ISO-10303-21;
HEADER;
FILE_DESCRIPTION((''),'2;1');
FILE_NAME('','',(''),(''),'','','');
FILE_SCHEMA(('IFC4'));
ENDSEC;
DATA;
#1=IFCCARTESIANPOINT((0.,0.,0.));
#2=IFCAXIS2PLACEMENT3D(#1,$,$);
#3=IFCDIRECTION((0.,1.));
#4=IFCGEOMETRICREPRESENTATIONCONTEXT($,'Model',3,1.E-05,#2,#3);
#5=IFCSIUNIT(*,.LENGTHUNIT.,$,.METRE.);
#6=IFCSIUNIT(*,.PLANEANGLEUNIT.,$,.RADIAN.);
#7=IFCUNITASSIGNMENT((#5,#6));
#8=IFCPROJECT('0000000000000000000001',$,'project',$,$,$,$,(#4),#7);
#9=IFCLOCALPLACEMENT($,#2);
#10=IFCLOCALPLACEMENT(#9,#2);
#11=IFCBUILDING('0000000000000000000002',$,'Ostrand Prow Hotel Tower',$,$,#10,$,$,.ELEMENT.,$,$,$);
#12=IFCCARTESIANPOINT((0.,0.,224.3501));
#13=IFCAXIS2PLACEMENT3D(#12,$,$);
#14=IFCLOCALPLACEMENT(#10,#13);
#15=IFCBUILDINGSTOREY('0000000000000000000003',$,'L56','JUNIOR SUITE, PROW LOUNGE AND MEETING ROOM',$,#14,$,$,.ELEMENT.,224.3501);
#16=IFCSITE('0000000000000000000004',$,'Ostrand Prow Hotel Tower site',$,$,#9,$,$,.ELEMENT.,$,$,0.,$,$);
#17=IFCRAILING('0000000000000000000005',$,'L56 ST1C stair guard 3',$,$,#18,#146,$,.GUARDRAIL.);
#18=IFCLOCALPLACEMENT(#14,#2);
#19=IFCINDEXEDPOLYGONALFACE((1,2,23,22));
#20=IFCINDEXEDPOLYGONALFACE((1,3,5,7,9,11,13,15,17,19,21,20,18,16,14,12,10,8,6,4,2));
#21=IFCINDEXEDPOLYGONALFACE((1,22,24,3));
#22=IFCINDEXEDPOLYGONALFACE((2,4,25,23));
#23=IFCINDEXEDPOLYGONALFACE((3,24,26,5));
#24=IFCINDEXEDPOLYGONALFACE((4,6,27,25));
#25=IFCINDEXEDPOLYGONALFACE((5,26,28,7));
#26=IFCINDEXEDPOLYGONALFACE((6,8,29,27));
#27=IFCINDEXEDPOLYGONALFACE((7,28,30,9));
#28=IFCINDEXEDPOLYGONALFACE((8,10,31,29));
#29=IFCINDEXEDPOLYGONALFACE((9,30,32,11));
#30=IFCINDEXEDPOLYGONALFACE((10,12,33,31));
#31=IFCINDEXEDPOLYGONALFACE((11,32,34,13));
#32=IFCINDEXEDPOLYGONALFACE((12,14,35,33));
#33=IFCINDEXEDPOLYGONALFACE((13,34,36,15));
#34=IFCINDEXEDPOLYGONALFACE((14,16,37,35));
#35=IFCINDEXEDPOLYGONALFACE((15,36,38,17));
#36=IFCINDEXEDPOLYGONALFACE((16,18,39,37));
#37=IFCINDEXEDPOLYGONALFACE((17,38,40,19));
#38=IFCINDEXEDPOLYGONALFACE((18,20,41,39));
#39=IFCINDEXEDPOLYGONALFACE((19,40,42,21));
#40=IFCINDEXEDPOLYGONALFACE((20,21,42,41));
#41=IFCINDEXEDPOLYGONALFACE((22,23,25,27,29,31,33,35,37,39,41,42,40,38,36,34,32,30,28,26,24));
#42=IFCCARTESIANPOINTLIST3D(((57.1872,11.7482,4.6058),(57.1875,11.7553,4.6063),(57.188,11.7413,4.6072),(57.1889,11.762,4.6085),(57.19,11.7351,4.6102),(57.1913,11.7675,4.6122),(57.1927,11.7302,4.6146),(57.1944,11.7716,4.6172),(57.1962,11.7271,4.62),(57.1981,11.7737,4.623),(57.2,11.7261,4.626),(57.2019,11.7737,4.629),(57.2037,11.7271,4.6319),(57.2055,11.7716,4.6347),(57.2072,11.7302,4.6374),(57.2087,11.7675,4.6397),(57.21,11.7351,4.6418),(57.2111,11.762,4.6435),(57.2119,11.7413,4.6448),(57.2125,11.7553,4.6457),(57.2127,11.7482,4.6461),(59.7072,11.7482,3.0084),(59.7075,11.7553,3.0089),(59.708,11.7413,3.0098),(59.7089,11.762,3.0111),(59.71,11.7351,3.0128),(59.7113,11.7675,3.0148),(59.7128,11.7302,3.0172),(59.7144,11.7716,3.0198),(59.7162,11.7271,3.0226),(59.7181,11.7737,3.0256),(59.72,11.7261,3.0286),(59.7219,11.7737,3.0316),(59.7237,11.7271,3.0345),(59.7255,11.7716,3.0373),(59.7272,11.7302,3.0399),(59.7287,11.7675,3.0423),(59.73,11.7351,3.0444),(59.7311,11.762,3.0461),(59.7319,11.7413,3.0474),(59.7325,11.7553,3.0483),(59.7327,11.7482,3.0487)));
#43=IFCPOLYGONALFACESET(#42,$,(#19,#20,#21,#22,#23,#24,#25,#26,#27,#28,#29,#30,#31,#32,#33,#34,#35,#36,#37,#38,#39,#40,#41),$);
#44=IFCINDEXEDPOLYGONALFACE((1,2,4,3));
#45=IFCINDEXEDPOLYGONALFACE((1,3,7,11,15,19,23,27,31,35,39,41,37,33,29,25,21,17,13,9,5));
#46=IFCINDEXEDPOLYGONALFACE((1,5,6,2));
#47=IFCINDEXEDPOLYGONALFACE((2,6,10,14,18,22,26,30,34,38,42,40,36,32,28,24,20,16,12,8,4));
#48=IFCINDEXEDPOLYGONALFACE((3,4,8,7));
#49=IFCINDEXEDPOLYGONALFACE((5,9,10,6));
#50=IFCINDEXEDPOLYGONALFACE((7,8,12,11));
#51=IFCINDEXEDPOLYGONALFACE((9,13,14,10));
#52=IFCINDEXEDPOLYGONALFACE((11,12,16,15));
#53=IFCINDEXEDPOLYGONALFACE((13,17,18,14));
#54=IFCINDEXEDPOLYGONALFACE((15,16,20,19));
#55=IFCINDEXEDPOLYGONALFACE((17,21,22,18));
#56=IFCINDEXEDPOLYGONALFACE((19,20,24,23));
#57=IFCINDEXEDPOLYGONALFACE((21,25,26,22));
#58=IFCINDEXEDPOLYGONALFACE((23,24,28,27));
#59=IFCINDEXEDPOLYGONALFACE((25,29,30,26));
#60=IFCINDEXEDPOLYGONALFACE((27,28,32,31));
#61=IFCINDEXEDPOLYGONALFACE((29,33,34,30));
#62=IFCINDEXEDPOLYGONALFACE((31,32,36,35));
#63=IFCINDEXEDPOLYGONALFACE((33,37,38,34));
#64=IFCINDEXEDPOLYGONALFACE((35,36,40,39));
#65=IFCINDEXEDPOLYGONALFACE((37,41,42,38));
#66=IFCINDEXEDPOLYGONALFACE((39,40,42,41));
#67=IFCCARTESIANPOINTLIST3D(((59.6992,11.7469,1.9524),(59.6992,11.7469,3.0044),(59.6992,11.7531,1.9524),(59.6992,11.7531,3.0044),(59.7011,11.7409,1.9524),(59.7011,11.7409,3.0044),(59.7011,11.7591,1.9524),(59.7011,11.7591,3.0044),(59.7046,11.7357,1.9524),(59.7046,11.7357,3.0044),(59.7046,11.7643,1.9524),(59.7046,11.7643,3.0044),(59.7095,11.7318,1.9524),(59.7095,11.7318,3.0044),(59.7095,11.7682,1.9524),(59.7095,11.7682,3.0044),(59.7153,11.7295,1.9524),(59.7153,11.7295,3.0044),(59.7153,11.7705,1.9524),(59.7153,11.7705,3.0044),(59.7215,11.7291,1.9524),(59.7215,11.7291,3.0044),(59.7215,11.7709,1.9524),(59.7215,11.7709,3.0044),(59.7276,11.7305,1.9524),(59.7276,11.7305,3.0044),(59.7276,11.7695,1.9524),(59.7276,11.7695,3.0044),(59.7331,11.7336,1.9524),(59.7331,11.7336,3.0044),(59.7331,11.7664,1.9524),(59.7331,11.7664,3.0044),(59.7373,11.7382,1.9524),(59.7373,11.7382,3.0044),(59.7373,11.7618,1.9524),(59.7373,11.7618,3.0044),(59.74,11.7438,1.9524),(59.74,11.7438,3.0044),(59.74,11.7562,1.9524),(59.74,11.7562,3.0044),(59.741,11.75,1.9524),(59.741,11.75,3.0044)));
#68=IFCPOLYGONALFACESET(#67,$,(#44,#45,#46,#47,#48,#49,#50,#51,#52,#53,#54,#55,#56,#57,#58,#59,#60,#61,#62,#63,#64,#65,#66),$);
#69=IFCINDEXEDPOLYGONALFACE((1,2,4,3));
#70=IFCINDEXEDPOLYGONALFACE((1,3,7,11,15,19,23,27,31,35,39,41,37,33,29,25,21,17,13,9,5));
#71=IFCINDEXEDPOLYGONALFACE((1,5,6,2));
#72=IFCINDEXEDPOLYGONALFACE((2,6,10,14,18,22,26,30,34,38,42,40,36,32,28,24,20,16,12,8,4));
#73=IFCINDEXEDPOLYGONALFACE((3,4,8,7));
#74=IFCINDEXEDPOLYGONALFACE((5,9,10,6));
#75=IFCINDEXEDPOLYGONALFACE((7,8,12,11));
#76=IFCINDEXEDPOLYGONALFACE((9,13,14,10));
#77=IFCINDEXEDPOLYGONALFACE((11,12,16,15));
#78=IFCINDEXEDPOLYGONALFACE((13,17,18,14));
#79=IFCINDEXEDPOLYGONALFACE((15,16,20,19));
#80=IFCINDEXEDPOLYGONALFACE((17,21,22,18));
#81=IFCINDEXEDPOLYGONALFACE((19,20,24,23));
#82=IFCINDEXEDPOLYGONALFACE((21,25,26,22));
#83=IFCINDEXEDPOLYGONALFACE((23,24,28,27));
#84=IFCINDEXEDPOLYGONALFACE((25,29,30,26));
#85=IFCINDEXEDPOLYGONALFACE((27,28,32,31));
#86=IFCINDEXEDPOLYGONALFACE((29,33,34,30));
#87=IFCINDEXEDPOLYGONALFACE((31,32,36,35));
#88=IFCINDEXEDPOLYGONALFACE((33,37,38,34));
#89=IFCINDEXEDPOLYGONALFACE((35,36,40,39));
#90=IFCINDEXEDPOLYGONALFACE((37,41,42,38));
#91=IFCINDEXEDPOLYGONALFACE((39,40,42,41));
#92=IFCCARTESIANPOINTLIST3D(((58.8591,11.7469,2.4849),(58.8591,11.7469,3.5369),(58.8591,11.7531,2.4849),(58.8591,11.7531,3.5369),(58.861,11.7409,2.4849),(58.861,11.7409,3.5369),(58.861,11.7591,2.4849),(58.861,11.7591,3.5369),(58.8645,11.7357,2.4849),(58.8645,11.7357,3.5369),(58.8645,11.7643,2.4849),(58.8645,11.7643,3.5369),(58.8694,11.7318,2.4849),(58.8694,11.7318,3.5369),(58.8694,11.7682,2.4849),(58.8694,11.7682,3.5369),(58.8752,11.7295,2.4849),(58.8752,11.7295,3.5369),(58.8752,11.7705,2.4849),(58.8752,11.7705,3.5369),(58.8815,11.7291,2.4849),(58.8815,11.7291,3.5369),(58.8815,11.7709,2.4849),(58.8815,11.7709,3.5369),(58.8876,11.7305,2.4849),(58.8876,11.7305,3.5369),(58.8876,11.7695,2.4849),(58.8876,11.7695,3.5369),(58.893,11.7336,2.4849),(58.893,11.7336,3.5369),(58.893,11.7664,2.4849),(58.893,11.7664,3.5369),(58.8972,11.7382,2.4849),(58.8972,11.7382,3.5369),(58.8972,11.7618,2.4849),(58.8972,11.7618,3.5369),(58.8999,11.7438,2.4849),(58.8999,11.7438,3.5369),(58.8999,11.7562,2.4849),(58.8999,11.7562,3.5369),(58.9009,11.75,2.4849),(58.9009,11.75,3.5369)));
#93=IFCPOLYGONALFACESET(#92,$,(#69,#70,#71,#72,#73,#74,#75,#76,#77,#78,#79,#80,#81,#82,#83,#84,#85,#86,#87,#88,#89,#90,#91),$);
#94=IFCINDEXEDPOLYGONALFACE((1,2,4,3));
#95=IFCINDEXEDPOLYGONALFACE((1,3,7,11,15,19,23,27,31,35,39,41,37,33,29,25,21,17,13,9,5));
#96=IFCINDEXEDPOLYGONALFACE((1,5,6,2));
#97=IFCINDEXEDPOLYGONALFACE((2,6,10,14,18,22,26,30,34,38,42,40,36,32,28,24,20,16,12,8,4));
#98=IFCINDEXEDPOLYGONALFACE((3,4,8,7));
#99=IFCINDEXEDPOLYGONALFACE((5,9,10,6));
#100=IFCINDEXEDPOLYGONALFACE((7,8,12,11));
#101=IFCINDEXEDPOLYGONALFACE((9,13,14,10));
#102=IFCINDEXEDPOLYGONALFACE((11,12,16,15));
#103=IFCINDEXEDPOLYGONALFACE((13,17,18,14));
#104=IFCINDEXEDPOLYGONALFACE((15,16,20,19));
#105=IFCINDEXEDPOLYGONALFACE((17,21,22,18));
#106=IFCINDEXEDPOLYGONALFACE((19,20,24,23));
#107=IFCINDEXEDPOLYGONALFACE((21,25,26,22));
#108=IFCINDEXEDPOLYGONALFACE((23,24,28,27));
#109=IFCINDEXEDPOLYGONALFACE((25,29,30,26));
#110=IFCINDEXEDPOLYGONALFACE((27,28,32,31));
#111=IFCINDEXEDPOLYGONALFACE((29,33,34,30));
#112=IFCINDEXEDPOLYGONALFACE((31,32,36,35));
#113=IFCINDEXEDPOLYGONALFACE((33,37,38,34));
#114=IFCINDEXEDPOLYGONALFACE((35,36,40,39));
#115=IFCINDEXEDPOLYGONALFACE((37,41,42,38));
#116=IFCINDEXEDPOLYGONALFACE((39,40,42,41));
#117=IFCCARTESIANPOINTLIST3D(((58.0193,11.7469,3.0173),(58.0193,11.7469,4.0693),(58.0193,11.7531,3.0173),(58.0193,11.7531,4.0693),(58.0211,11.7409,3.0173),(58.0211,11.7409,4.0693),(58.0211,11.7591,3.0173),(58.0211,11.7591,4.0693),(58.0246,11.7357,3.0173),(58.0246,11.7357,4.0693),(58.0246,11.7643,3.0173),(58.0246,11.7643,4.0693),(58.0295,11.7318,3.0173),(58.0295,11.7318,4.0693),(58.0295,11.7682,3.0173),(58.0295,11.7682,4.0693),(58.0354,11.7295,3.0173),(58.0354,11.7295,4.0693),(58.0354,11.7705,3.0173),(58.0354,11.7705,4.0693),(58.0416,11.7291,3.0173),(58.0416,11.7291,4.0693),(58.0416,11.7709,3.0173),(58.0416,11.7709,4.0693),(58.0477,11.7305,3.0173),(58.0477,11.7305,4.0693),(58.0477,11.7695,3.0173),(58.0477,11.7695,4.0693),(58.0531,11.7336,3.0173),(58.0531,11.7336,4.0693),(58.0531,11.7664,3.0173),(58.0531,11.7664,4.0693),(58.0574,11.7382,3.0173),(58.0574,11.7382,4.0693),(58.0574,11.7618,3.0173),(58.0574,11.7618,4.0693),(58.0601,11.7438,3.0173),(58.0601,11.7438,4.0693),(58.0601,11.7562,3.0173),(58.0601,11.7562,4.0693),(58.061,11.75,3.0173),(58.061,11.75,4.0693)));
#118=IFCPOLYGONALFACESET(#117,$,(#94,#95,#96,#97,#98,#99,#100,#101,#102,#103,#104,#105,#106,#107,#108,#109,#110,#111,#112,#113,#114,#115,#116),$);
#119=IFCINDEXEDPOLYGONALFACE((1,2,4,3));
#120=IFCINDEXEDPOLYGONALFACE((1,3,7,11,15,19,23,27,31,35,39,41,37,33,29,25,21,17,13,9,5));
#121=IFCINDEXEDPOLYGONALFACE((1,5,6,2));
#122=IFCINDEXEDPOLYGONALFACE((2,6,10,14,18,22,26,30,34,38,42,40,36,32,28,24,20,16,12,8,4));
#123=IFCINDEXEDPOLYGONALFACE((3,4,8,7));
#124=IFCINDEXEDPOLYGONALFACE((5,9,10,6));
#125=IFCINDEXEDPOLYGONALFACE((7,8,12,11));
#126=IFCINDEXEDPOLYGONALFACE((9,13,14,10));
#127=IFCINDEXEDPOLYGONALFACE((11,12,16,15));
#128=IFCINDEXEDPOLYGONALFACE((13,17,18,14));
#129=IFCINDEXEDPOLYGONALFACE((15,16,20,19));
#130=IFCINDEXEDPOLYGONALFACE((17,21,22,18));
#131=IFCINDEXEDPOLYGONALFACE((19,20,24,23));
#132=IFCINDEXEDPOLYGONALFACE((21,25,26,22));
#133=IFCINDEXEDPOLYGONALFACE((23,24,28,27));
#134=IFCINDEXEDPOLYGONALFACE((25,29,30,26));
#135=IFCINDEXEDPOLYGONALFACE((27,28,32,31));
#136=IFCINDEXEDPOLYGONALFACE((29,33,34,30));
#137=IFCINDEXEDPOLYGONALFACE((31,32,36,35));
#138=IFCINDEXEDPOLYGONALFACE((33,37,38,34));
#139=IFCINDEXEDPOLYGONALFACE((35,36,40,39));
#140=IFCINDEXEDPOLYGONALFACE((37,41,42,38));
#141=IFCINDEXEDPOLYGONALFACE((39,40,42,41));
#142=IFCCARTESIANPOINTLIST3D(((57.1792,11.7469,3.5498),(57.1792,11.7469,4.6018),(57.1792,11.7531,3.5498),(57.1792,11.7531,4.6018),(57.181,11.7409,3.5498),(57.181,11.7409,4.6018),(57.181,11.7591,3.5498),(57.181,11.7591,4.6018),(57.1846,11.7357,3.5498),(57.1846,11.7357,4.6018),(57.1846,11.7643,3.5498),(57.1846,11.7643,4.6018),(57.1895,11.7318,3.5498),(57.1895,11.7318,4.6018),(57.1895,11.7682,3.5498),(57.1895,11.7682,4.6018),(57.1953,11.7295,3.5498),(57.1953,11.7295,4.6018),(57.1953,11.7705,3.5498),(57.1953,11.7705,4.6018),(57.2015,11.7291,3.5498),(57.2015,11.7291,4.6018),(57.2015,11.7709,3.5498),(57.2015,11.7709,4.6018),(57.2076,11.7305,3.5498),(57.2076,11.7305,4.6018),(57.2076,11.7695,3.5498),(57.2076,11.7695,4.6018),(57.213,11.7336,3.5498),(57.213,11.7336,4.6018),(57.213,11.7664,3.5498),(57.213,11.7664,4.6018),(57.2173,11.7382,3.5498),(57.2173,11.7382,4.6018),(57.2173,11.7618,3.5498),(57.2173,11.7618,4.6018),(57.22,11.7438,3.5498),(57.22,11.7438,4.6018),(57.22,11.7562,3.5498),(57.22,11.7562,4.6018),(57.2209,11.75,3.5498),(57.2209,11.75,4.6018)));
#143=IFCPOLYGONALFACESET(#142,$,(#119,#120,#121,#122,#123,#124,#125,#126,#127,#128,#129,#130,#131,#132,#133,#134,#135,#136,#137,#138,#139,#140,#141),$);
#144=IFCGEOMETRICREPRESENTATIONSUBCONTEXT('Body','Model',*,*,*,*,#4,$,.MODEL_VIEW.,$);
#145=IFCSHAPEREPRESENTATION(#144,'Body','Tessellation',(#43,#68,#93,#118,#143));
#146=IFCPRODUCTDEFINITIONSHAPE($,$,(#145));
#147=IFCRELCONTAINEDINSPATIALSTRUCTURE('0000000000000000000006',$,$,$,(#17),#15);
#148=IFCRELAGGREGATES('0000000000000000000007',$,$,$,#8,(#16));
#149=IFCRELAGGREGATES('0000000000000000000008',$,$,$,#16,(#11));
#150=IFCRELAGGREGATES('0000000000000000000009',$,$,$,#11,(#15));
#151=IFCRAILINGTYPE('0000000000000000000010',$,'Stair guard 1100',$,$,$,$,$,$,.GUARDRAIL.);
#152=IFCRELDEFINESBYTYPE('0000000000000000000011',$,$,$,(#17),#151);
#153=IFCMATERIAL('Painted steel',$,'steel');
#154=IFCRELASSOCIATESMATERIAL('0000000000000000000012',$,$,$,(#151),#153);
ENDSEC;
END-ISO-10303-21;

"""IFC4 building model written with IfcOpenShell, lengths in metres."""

from ifc_helpers import new_model, si_unit, direction, frame, origin, origin_2d, place, context, subcontext, project, spatial, circle, extrude, material, type_object, element, save


model = new_model("IFC4")

# Units and contexts
model_context = context("Model", 3, precision=1e-05, world=origin(), true_north=direction((0.0, 1.0)))
body_context = subcontext(model_context, "Body", "Model", "MODEL_VIEW")
ifc_project = project(units=[si_unit("LENGTHUNIT", "METRE"), si_unit("PLANEANGLEUNIT", "RADIAN")], contexts=[model_context])

# Site, building, storey
site_placement = place(None, origin())
site = spatial("IfcSite", under=ifc_project, at=site_placement, Name="Ostrand Prow Hotel Tower site", CompositionType="ELEMENT", RefElevation=0.0)
building_placement = place(site_placement, origin())
building = spatial("IfcBuilding", under=site, at=building_placement, Name="Ostrand Prow Hotel Tower", CompositionType="ELEMENT")
storey_placement = place(building_placement, frame((0.0, 0.0, 224.3501)))
storey = spatial("IfcBuildingStorey", under=building, at=storey_placement, Name="L56", Description="JUNIOR SUITE, PROW LOUNGE AND MEETING ROOM", CompositionType="ELEMENT", Elevation=224.3501)

# Railing
ifc_material_1 = material(Name="Painted steel", Category="steel")
railing_type_1 = type_object("IfcRailingType", Name="Stair guard 1100", PredefinedType="GUARDRAIL", material=ifc_material_1)
railing_1_placement = place(storey_placement, frame((59.72, 11.75, 1.9524)))
element("IfcRailing", 1, at=railing_1_placement, inside=storey, type_object=railing_type_1, Name="L56 ST1C stair guard 3", PredefinedType="GUARDRAIL", context=body_context, shape_type="SweptSolid", body=[
    extrude(circle(Radius=0.0239, at=origin_2d()), frame((0.0, 0.0, 1.0762), z_axis=(-0.844607, 0.0, 0.535387), x_axis=(0.0, -1.0, 0.0)), (0.0, 0.0, 1.0), 2.9836),
    extrude(circle(Radius=0.021, at=origin_2d()), origin(), (0.0, 0.0, 1.0), 1.052),
    extrude(circle(Radius=0.021, at=origin_2d()), frame((-0.8401, 0.0, 0.5325)), (0.0, 0.0, 1.0), 1.052),
    extrude(circle(Radius=0.021, at=origin_2d()), frame((-1.6799, 0.0, 1.0649)), (0.0, 0.0, 1.0), 1.052),
    extrude(circle(Radius=0.021, at=origin_2d()), frame((-2.52, 0.0, 1.5974)), (0.0, 0.0, 1.0), 1.052),
])

save(model, "model.ifc")
